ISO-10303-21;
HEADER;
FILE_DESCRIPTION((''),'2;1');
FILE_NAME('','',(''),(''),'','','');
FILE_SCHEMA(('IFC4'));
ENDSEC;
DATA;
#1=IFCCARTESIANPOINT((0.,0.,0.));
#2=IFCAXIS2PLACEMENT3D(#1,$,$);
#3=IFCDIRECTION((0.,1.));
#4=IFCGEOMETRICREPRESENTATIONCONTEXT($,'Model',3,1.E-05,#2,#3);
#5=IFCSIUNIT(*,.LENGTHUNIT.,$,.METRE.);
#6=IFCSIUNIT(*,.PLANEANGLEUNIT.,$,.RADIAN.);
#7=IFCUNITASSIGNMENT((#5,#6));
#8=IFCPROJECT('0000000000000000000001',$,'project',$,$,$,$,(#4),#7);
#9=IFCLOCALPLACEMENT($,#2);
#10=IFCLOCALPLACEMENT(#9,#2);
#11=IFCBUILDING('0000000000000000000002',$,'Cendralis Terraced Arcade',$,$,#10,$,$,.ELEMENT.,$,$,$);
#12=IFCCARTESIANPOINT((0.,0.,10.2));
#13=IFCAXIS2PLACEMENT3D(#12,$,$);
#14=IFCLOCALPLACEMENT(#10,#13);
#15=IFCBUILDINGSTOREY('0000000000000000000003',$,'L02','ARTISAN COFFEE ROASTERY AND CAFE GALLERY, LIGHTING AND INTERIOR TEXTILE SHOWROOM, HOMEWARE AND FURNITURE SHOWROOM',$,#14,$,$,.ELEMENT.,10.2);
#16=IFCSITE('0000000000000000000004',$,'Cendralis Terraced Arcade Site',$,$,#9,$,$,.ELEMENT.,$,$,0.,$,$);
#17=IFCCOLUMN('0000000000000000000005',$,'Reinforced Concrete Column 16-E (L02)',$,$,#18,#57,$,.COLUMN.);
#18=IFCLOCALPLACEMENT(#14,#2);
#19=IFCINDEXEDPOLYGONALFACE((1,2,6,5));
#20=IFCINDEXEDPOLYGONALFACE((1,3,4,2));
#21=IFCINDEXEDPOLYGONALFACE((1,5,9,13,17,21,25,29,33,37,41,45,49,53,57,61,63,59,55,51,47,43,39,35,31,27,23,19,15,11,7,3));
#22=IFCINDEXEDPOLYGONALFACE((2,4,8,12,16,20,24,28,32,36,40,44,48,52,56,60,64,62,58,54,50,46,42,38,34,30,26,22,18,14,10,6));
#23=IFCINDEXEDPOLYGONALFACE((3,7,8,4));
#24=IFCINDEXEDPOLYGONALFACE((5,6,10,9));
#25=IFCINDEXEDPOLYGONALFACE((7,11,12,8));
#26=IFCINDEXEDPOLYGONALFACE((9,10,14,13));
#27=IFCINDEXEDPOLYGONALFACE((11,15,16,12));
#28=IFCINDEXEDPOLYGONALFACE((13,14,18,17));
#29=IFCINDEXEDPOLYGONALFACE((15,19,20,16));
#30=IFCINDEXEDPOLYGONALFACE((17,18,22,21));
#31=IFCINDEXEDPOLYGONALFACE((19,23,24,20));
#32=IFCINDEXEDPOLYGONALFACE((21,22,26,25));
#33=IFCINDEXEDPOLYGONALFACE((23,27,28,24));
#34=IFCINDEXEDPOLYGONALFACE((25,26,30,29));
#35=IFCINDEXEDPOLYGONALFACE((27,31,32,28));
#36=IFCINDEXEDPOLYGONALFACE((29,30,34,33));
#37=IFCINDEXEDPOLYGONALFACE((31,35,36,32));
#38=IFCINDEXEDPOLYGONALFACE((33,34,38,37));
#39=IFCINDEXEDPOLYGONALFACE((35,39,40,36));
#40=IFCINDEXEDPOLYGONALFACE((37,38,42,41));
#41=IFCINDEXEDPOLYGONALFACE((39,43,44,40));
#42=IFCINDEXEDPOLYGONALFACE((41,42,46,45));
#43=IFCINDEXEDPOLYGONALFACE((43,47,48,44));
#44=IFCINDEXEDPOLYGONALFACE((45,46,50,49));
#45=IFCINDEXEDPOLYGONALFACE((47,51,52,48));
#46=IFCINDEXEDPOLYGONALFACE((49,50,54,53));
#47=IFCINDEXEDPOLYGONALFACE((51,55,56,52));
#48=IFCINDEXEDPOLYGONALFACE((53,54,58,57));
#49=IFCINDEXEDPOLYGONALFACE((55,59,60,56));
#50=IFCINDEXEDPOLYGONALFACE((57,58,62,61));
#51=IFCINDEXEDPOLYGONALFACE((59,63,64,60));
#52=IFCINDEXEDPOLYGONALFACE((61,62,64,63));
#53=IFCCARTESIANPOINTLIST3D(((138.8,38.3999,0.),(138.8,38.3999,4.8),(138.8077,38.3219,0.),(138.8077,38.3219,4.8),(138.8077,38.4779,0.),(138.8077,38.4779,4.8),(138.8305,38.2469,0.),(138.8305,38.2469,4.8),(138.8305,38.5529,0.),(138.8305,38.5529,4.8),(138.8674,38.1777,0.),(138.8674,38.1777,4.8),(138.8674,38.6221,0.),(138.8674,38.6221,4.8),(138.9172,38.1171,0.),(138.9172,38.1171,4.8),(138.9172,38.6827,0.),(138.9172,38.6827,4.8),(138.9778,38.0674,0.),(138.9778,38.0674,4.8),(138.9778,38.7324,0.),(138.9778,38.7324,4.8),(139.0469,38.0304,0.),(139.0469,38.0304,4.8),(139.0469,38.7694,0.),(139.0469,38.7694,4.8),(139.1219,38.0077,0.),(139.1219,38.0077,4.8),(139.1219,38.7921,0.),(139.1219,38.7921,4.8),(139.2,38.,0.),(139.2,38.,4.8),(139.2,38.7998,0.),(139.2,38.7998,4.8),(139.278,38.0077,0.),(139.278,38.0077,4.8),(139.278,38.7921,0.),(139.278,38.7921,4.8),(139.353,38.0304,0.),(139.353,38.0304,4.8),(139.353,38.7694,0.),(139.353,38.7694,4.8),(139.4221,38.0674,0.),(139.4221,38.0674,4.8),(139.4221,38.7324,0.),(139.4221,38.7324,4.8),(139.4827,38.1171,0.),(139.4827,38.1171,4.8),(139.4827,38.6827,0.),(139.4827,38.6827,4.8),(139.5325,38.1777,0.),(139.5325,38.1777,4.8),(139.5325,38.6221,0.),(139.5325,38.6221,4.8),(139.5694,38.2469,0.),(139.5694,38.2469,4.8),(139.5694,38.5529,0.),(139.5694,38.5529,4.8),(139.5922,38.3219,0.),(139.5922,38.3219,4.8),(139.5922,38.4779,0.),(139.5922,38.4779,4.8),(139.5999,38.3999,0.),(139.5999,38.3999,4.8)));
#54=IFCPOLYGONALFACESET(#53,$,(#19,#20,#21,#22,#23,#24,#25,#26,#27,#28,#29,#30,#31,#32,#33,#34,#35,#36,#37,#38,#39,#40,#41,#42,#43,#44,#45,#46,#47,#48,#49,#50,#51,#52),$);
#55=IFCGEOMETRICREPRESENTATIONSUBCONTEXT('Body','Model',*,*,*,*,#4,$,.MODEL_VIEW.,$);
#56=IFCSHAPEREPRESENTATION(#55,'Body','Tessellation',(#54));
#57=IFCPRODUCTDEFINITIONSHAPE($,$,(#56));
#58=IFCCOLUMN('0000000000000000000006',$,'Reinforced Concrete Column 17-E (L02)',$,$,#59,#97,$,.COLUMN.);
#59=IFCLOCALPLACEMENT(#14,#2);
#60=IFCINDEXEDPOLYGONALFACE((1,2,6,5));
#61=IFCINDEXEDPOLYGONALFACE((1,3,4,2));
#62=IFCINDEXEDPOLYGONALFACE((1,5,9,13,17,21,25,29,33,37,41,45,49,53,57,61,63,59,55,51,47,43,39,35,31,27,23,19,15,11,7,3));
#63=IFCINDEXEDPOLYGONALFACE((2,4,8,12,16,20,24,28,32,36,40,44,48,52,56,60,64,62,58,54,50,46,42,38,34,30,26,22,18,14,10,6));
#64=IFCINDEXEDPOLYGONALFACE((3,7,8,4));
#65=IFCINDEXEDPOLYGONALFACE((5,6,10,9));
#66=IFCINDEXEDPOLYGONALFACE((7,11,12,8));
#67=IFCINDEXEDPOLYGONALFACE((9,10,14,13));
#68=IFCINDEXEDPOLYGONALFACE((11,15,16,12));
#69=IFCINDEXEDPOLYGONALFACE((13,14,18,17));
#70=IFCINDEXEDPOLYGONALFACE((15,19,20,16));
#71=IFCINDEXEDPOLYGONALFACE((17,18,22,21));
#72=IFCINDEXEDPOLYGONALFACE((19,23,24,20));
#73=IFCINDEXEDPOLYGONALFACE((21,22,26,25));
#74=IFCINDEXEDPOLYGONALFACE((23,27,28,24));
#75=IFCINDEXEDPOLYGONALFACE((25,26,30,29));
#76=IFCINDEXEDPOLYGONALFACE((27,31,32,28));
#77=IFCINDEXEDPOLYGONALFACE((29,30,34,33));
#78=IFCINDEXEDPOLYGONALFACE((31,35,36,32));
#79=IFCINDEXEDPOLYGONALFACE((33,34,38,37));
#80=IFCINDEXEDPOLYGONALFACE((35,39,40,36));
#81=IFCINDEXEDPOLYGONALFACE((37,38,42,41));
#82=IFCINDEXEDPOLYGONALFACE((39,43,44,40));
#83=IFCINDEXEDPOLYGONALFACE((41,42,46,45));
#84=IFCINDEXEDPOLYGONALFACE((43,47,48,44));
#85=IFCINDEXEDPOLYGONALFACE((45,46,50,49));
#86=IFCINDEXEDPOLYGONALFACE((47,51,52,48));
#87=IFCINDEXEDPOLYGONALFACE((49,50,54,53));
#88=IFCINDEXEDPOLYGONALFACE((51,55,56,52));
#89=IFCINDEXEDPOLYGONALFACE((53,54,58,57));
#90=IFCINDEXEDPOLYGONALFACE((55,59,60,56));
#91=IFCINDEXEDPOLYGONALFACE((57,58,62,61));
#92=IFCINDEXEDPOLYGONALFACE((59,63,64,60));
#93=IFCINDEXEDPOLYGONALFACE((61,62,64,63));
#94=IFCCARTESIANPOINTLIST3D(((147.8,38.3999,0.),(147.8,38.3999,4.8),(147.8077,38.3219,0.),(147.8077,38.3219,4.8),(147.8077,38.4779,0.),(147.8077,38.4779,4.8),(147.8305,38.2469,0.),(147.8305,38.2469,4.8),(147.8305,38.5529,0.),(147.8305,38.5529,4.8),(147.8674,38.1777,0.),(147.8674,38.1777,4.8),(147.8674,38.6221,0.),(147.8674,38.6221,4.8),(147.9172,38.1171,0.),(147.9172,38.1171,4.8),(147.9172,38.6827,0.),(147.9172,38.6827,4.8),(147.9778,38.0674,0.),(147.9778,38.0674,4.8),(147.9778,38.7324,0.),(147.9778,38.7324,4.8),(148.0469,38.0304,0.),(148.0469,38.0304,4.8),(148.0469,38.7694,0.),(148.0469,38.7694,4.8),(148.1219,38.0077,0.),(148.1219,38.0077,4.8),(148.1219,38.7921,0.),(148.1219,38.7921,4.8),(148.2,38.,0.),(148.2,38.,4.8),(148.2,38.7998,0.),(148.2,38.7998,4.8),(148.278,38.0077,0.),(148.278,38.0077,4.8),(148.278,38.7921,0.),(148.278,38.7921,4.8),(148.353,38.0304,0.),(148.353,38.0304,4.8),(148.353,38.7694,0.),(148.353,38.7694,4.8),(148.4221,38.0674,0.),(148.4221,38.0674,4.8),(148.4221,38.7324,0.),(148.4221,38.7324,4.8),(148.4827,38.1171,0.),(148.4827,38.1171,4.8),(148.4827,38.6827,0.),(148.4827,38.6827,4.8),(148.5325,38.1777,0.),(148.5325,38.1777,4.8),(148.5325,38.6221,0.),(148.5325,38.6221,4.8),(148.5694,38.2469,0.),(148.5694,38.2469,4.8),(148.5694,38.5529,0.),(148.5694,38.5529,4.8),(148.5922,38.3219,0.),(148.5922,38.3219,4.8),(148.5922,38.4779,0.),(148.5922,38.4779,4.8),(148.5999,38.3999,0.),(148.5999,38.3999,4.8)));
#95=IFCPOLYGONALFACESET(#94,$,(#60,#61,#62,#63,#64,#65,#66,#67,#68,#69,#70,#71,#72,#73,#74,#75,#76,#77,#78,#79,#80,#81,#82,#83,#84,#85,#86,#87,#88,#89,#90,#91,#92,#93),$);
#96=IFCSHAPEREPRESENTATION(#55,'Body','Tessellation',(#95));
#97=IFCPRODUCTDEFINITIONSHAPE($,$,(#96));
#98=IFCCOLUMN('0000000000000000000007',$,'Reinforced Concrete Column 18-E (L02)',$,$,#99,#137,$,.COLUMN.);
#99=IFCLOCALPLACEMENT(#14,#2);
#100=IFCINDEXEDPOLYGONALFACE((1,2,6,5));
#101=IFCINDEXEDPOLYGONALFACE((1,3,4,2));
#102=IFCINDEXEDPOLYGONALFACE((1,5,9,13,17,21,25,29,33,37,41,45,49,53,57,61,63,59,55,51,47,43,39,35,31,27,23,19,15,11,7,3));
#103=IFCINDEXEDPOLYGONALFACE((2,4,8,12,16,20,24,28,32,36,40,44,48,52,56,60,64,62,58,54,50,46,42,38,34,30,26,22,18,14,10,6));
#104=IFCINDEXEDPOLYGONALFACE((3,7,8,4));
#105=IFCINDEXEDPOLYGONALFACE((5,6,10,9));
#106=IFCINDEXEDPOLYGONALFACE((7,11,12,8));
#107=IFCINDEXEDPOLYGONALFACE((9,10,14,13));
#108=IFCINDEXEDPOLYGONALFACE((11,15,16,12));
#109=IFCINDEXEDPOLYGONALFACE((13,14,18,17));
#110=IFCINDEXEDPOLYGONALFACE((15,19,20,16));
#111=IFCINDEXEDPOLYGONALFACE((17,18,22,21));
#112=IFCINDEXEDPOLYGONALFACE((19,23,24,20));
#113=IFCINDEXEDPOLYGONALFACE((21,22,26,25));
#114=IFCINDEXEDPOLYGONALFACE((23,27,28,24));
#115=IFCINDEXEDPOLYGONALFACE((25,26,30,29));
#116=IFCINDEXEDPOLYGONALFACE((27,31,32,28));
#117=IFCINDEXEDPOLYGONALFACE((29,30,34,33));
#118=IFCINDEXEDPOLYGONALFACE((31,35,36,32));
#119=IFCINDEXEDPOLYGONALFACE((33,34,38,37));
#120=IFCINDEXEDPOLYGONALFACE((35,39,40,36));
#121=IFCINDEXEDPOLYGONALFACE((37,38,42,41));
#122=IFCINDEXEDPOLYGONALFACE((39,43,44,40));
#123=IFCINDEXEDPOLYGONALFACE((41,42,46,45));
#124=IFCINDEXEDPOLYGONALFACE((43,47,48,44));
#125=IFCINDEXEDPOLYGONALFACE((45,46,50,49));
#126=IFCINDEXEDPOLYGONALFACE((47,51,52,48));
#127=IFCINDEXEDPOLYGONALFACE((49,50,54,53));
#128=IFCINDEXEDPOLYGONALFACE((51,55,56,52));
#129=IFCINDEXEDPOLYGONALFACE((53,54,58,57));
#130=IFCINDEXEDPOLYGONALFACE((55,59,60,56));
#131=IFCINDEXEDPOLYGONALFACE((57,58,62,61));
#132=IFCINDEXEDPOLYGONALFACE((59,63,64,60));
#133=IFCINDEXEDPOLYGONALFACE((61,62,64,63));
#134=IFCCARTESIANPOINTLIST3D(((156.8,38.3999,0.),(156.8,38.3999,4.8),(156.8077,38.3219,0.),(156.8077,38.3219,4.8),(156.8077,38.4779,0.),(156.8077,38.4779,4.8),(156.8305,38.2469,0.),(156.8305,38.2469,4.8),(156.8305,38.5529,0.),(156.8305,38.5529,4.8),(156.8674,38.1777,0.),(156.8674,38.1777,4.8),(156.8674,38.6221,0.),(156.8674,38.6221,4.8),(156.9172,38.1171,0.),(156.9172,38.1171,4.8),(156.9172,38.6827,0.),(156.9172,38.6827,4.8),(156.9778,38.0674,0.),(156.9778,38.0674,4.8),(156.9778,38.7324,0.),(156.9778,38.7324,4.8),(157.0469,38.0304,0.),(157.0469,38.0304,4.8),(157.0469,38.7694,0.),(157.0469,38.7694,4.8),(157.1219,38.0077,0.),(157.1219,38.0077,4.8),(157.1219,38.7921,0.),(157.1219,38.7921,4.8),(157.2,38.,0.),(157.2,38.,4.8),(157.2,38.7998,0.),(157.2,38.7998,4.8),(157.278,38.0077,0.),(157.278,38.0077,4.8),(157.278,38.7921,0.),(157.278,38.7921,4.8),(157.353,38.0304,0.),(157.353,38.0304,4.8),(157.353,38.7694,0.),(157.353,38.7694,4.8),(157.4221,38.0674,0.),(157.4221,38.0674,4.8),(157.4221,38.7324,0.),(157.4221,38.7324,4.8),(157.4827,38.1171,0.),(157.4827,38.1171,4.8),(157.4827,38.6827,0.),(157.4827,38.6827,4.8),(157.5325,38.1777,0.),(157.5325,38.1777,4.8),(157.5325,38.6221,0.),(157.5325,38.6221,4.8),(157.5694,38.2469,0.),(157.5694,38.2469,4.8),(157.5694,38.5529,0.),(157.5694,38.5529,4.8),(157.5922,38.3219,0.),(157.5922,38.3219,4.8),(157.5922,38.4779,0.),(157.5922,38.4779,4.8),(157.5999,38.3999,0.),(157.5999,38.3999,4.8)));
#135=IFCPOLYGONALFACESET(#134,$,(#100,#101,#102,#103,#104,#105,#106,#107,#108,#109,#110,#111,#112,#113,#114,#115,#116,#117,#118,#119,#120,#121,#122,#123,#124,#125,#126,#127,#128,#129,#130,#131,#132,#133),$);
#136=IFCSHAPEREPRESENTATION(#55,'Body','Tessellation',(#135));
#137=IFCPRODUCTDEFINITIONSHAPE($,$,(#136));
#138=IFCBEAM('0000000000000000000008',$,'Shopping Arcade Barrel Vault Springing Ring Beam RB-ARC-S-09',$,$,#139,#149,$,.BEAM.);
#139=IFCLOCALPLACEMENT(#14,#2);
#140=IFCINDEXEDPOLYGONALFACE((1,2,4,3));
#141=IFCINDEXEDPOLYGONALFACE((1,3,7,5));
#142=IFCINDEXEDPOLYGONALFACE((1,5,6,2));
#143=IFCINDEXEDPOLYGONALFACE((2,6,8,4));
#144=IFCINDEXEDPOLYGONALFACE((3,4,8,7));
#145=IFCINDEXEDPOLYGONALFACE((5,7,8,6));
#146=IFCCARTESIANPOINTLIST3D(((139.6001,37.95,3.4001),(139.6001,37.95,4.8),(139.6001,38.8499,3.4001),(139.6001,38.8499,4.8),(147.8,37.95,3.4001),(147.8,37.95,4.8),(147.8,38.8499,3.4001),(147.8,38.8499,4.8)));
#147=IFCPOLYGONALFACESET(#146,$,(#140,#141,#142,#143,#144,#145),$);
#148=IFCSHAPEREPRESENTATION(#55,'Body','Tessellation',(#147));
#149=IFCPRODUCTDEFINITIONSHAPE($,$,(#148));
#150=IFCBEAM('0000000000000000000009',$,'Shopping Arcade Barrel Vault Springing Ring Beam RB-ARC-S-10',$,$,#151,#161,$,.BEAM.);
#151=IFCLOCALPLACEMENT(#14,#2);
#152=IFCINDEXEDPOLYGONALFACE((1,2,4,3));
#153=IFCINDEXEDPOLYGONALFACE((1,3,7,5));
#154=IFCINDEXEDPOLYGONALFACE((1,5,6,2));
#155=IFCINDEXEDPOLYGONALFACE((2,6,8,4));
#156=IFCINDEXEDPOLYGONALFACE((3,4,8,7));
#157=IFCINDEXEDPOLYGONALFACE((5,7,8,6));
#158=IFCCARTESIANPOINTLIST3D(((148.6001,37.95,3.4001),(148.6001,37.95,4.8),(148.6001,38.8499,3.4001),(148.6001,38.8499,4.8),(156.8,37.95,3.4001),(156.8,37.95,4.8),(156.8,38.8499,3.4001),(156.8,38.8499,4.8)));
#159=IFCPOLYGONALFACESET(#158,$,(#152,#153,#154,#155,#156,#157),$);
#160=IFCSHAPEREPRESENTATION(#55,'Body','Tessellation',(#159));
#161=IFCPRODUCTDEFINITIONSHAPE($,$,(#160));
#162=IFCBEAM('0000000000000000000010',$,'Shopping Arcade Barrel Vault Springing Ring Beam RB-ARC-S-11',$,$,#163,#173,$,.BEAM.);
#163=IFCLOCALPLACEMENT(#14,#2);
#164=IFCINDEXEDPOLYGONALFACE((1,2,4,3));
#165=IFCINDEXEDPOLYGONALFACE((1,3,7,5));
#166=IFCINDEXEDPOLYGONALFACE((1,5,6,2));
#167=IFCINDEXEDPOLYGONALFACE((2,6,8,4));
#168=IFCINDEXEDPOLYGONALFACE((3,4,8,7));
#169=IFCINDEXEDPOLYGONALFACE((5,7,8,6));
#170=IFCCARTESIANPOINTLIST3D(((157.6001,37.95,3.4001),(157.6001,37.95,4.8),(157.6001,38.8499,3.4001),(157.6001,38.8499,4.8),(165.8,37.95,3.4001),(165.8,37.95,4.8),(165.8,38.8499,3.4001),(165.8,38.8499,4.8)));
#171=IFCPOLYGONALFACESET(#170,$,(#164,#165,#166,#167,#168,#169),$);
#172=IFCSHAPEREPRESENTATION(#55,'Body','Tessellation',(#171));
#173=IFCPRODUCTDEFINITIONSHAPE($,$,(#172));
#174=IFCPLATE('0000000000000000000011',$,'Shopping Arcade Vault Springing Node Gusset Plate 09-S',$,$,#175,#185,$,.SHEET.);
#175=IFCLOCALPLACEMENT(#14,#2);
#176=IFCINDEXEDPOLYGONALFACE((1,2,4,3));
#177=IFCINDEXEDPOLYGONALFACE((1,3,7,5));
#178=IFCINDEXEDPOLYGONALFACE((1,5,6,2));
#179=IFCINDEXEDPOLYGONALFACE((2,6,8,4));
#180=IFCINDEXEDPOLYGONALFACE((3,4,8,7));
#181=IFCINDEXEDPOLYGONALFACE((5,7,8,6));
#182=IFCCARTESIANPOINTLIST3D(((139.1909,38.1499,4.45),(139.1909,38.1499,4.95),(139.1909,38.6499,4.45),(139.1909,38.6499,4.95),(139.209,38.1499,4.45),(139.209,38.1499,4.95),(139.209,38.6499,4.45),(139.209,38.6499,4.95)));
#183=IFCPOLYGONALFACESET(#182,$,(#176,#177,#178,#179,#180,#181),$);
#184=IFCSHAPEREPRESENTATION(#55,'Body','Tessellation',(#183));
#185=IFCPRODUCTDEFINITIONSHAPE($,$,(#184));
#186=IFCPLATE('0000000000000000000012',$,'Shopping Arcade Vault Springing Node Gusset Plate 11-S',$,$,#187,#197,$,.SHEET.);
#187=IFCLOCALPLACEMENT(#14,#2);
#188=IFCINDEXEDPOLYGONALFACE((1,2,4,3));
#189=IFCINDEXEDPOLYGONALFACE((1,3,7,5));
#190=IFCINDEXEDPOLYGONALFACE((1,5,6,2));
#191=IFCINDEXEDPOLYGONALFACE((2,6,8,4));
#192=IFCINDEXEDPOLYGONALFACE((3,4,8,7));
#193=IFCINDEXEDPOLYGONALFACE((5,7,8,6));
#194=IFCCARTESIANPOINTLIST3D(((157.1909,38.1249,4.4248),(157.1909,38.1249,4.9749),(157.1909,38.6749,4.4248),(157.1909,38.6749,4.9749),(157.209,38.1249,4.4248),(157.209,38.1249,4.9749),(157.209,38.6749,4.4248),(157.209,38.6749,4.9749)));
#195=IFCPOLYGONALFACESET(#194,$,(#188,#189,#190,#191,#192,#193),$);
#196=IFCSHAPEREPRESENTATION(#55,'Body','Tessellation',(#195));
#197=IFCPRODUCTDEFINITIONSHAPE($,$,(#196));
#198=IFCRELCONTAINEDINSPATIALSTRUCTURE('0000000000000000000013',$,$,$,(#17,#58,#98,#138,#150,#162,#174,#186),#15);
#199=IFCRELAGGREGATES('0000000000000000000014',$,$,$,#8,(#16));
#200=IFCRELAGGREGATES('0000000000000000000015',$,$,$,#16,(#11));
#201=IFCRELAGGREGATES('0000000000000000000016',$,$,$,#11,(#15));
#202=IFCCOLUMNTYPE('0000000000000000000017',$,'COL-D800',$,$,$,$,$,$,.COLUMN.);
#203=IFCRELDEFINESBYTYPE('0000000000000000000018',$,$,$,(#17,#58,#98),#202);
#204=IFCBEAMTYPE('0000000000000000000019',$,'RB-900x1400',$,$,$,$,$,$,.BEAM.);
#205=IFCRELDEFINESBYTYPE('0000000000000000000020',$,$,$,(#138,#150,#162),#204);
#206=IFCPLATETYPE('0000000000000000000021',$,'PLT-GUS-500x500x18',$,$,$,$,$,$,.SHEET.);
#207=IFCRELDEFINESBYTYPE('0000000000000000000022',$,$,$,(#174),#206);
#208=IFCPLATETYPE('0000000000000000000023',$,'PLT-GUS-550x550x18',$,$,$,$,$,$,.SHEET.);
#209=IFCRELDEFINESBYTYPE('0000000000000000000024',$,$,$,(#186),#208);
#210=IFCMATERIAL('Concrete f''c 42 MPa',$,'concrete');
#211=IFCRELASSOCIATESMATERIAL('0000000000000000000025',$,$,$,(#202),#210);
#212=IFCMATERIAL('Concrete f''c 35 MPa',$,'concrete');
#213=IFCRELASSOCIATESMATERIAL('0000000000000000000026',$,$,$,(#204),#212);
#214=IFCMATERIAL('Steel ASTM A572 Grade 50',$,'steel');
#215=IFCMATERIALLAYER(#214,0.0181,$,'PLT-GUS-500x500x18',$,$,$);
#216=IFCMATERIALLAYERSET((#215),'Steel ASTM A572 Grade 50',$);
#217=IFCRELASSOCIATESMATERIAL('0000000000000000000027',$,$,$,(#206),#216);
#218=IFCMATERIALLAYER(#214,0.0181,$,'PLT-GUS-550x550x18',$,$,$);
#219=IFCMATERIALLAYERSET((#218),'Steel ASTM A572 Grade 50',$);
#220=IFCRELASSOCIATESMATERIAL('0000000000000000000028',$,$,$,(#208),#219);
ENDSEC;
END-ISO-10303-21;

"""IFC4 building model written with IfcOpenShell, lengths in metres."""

from ifc_helpers import new_model, si_unit, direction, frame, origin, origin_2d, place, context, subcontext, project, spatial, rectangle, circle, extrude, material, layer, layer_set, material_profile, profile_set, type_object, element, save


model = new_model("IFC4")

# Units and contexts
model_context = context("Model", 3, precision=1e-05, world=origin(), true_north=direction((0.0, 1.0)))
body_context = subcontext(model_context, "Body", "Model", "MODEL_VIEW")
ifc_project = project(units=[si_unit("LENGTHUNIT", "METRE"), si_unit("PLANEANGLEUNIT", "RADIAN")], contexts=[model_context])

# Site, building, storey
site_placement = place(None, origin())
site = spatial("IfcSite", under=ifc_project, at=site_placement, Name="Cendralis Terraced Arcade Site", CompositionType="ELEMENT", RefElevation=0.0)
building_placement = place(site_placement, origin())
building = spatial("IfcBuilding", under=site, at=building_placement, Name="Cendralis Terraced Arcade", CompositionType="ELEMENT")
storey_placement = place(building_placement, frame((0.0, 0.0, 10.2)))
storey = spatial("IfcBuildingStorey", under=building, at=storey_placement, Name="L02", Description="ARTISAN COFFEE ROASTERY AND CAFE GALLERY, LIGHTING AND INTERIOR TEXTILE SHOWROOM, HOMEWARE AND FURNITURE SHOWROOM", CompositionType="ELEMENT", Elevation=10.2)

# Columns
ifc_material_1 = material(Name="Concrete f'c 42 MPa", Category="concrete")
ifc_material_profile_1 = material_profile(ifc_material_1, circle(Radius=0.3999, at=origin_2d()), Name="RC-COL-D800", Category="LoadBearing")
ifc_profile_set_1 = profile_set([ifc_material_profile_1], Name="Concrete f'c 42 MPa")
column_type = type_object("IfcColumnType", Name="COL-D800", PredefinedType="COLUMN", material=ifc_profile_set_1)
for number, where, z_axis, x_axis, name in (
    (1, (139.2, 38.3999, 0.0), (0.0, 0.0, 1.0), (1.0, 0.0, 0.0), "Reinforced Concrete Column 16-E (L02)"),
    (2, (148.2, 38.3999, 0.0), (0.0, 0.0, 1.0), (1.0, 0.0, 0.0), "Reinforced Concrete Column 17-E (L02)"),
    (3, (157.2, 38.3999, 0.0), (0.0, 0.0, 1.0), (1.0, 0.0, 0.0), "Reinforced Concrete Column 18-E (L02)"),
):
    element("IfcColumn", number, at=place(storey_placement, frame(where, z_axis=z_axis, x_axis=x_axis)), inside=storey, type_object=column_type, Name=name, PredefinedType="COLUMN", context=body_context, shape_type="SweptSolid", body=[
        extrude(circle(Radius=0.3999, at=origin_2d()), origin(), (0.0, 0.0, 1.0), 4.8),
    ])

# Beams
ifc_material_2 = material(Name="Concrete f'c 35 MPa", Category="concrete")
ifc_material_profile_2 = material_profile(ifc_material_2, rectangle(XDim=0.8999, YDim=1.3999, at=origin_2d()), Name="RC-RB-900x1400", Category="LoadBearing")
ifc_profile_set_2 = profile_set([ifc_material_profile_2], Name="Concrete f'c 35 MPa")
beam_type = type_object("IfcBeamType", Name="RB-900x1400", PredefinedType="BEAM", material=ifc_profile_set_2)
for number, where, z_axis, x_axis, name in (
    (4, (139.6001, 38.3999, 4.1001), (1.0, 0.0, 0.0), (0.0, 1.0, 0.0), "Shopping Arcade Barrel Vault Springing Ring Beam RB-ARC-S-09"),
    (5, (148.6001, 38.3999, 4.1001), (1.0, 0.0, 0.0), (0.0, 1.0, 0.0), "Shopping Arcade Barrel Vault Springing Ring Beam RB-ARC-S-10"),
    (6, (157.6001, 38.3999, 4.1001), (1.0, 0.0, 0.0), (0.0, 1.0, 0.0), "Shopping Arcade Barrel Vault Springing Ring Beam RB-ARC-S-11"),
):
    element("IfcBeam", number, at=place(storey_placement, frame(where, z_axis=z_axis, x_axis=x_axis)), inside=storey, type_object=beam_type, Name=name, PredefinedType="BEAM", context=body_context, shape_type="SweptSolid", body=[
        extrude(rectangle(XDim=0.8999, YDim=1.3999, at=origin_2d()), origin(), (0.0, 0.0, 1.0), 8.2),
    ])

# Plates
ifc_material_3 = material(Name="Steel ASTM A572 Grade 50", Category="steel")
ifc_layer_1 = layer(ifc_material_3, 0.0181, Name="PLT-GUS-500x500x18")
ifc_layer_set_1 = layer_set([ifc_layer_1], Name="Steel ASTM A572 Grade 50")
plate_type_1 = type_object("IfcPlateType", Name="PLT-GUS-500x500x18", PredefinedType="SHEET", material=ifc_layer_set_1)
plate_1_placement = place(storey_placement, frame((139.2, 38.3999, 4.45), z_axis=(0.0, 0.0, 1.0), x_axis=(0.0, 1.0, 0.0)))
element("IfcPlate", 7, at=plate_1_placement, inside=storey, type_object=plate_type_1, Name="Shopping Arcade Vault Springing Node Gusset Plate 09-S", PredefinedType="SHEET", context=body_context, shape_type="SweptSolid", body=[
    extrude(rectangle(XDim=0.5, YDim=0.0181, at=origin_2d()), origin(), (0.0, 0.0, 1.0), 0.5),
])
ifc_layer_2 = layer(ifc_material_3, 0.0181, Name="PLT-GUS-550x550x18")
ifc_layer_set_2 = layer_set([ifc_layer_2], Name="Steel ASTM A572 Grade 50")
plate_type_2 = type_object("IfcPlateType", Name="PLT-GUS-550x550x18", PredefinedType="SHEET", material=ifc_layer_set_2)
plate_2_placement = place(storey_placement, frame((157.2, 38.3999, 4.4248), z_axis=(0.0, 0.0, 1.0), x_axis=(0.0, 1.0, 0.0)))
element("IfcPlate", 8, at=plate_2_placement, inside=storey, type_object=plate_type_2, Name="Shopping Arcade Vault Springing Node Gusset Plate 11-S", PredefinedType="SHEET", context=body_context, shape_type="SweptSolid", body=[
    extrude(rectangle(XDim=0.55, YDim=0.0181, at=origin_2d()), origin(), (0.0, 0.0, 1.0), 0.55),
])

save(model, "model.ifc")
